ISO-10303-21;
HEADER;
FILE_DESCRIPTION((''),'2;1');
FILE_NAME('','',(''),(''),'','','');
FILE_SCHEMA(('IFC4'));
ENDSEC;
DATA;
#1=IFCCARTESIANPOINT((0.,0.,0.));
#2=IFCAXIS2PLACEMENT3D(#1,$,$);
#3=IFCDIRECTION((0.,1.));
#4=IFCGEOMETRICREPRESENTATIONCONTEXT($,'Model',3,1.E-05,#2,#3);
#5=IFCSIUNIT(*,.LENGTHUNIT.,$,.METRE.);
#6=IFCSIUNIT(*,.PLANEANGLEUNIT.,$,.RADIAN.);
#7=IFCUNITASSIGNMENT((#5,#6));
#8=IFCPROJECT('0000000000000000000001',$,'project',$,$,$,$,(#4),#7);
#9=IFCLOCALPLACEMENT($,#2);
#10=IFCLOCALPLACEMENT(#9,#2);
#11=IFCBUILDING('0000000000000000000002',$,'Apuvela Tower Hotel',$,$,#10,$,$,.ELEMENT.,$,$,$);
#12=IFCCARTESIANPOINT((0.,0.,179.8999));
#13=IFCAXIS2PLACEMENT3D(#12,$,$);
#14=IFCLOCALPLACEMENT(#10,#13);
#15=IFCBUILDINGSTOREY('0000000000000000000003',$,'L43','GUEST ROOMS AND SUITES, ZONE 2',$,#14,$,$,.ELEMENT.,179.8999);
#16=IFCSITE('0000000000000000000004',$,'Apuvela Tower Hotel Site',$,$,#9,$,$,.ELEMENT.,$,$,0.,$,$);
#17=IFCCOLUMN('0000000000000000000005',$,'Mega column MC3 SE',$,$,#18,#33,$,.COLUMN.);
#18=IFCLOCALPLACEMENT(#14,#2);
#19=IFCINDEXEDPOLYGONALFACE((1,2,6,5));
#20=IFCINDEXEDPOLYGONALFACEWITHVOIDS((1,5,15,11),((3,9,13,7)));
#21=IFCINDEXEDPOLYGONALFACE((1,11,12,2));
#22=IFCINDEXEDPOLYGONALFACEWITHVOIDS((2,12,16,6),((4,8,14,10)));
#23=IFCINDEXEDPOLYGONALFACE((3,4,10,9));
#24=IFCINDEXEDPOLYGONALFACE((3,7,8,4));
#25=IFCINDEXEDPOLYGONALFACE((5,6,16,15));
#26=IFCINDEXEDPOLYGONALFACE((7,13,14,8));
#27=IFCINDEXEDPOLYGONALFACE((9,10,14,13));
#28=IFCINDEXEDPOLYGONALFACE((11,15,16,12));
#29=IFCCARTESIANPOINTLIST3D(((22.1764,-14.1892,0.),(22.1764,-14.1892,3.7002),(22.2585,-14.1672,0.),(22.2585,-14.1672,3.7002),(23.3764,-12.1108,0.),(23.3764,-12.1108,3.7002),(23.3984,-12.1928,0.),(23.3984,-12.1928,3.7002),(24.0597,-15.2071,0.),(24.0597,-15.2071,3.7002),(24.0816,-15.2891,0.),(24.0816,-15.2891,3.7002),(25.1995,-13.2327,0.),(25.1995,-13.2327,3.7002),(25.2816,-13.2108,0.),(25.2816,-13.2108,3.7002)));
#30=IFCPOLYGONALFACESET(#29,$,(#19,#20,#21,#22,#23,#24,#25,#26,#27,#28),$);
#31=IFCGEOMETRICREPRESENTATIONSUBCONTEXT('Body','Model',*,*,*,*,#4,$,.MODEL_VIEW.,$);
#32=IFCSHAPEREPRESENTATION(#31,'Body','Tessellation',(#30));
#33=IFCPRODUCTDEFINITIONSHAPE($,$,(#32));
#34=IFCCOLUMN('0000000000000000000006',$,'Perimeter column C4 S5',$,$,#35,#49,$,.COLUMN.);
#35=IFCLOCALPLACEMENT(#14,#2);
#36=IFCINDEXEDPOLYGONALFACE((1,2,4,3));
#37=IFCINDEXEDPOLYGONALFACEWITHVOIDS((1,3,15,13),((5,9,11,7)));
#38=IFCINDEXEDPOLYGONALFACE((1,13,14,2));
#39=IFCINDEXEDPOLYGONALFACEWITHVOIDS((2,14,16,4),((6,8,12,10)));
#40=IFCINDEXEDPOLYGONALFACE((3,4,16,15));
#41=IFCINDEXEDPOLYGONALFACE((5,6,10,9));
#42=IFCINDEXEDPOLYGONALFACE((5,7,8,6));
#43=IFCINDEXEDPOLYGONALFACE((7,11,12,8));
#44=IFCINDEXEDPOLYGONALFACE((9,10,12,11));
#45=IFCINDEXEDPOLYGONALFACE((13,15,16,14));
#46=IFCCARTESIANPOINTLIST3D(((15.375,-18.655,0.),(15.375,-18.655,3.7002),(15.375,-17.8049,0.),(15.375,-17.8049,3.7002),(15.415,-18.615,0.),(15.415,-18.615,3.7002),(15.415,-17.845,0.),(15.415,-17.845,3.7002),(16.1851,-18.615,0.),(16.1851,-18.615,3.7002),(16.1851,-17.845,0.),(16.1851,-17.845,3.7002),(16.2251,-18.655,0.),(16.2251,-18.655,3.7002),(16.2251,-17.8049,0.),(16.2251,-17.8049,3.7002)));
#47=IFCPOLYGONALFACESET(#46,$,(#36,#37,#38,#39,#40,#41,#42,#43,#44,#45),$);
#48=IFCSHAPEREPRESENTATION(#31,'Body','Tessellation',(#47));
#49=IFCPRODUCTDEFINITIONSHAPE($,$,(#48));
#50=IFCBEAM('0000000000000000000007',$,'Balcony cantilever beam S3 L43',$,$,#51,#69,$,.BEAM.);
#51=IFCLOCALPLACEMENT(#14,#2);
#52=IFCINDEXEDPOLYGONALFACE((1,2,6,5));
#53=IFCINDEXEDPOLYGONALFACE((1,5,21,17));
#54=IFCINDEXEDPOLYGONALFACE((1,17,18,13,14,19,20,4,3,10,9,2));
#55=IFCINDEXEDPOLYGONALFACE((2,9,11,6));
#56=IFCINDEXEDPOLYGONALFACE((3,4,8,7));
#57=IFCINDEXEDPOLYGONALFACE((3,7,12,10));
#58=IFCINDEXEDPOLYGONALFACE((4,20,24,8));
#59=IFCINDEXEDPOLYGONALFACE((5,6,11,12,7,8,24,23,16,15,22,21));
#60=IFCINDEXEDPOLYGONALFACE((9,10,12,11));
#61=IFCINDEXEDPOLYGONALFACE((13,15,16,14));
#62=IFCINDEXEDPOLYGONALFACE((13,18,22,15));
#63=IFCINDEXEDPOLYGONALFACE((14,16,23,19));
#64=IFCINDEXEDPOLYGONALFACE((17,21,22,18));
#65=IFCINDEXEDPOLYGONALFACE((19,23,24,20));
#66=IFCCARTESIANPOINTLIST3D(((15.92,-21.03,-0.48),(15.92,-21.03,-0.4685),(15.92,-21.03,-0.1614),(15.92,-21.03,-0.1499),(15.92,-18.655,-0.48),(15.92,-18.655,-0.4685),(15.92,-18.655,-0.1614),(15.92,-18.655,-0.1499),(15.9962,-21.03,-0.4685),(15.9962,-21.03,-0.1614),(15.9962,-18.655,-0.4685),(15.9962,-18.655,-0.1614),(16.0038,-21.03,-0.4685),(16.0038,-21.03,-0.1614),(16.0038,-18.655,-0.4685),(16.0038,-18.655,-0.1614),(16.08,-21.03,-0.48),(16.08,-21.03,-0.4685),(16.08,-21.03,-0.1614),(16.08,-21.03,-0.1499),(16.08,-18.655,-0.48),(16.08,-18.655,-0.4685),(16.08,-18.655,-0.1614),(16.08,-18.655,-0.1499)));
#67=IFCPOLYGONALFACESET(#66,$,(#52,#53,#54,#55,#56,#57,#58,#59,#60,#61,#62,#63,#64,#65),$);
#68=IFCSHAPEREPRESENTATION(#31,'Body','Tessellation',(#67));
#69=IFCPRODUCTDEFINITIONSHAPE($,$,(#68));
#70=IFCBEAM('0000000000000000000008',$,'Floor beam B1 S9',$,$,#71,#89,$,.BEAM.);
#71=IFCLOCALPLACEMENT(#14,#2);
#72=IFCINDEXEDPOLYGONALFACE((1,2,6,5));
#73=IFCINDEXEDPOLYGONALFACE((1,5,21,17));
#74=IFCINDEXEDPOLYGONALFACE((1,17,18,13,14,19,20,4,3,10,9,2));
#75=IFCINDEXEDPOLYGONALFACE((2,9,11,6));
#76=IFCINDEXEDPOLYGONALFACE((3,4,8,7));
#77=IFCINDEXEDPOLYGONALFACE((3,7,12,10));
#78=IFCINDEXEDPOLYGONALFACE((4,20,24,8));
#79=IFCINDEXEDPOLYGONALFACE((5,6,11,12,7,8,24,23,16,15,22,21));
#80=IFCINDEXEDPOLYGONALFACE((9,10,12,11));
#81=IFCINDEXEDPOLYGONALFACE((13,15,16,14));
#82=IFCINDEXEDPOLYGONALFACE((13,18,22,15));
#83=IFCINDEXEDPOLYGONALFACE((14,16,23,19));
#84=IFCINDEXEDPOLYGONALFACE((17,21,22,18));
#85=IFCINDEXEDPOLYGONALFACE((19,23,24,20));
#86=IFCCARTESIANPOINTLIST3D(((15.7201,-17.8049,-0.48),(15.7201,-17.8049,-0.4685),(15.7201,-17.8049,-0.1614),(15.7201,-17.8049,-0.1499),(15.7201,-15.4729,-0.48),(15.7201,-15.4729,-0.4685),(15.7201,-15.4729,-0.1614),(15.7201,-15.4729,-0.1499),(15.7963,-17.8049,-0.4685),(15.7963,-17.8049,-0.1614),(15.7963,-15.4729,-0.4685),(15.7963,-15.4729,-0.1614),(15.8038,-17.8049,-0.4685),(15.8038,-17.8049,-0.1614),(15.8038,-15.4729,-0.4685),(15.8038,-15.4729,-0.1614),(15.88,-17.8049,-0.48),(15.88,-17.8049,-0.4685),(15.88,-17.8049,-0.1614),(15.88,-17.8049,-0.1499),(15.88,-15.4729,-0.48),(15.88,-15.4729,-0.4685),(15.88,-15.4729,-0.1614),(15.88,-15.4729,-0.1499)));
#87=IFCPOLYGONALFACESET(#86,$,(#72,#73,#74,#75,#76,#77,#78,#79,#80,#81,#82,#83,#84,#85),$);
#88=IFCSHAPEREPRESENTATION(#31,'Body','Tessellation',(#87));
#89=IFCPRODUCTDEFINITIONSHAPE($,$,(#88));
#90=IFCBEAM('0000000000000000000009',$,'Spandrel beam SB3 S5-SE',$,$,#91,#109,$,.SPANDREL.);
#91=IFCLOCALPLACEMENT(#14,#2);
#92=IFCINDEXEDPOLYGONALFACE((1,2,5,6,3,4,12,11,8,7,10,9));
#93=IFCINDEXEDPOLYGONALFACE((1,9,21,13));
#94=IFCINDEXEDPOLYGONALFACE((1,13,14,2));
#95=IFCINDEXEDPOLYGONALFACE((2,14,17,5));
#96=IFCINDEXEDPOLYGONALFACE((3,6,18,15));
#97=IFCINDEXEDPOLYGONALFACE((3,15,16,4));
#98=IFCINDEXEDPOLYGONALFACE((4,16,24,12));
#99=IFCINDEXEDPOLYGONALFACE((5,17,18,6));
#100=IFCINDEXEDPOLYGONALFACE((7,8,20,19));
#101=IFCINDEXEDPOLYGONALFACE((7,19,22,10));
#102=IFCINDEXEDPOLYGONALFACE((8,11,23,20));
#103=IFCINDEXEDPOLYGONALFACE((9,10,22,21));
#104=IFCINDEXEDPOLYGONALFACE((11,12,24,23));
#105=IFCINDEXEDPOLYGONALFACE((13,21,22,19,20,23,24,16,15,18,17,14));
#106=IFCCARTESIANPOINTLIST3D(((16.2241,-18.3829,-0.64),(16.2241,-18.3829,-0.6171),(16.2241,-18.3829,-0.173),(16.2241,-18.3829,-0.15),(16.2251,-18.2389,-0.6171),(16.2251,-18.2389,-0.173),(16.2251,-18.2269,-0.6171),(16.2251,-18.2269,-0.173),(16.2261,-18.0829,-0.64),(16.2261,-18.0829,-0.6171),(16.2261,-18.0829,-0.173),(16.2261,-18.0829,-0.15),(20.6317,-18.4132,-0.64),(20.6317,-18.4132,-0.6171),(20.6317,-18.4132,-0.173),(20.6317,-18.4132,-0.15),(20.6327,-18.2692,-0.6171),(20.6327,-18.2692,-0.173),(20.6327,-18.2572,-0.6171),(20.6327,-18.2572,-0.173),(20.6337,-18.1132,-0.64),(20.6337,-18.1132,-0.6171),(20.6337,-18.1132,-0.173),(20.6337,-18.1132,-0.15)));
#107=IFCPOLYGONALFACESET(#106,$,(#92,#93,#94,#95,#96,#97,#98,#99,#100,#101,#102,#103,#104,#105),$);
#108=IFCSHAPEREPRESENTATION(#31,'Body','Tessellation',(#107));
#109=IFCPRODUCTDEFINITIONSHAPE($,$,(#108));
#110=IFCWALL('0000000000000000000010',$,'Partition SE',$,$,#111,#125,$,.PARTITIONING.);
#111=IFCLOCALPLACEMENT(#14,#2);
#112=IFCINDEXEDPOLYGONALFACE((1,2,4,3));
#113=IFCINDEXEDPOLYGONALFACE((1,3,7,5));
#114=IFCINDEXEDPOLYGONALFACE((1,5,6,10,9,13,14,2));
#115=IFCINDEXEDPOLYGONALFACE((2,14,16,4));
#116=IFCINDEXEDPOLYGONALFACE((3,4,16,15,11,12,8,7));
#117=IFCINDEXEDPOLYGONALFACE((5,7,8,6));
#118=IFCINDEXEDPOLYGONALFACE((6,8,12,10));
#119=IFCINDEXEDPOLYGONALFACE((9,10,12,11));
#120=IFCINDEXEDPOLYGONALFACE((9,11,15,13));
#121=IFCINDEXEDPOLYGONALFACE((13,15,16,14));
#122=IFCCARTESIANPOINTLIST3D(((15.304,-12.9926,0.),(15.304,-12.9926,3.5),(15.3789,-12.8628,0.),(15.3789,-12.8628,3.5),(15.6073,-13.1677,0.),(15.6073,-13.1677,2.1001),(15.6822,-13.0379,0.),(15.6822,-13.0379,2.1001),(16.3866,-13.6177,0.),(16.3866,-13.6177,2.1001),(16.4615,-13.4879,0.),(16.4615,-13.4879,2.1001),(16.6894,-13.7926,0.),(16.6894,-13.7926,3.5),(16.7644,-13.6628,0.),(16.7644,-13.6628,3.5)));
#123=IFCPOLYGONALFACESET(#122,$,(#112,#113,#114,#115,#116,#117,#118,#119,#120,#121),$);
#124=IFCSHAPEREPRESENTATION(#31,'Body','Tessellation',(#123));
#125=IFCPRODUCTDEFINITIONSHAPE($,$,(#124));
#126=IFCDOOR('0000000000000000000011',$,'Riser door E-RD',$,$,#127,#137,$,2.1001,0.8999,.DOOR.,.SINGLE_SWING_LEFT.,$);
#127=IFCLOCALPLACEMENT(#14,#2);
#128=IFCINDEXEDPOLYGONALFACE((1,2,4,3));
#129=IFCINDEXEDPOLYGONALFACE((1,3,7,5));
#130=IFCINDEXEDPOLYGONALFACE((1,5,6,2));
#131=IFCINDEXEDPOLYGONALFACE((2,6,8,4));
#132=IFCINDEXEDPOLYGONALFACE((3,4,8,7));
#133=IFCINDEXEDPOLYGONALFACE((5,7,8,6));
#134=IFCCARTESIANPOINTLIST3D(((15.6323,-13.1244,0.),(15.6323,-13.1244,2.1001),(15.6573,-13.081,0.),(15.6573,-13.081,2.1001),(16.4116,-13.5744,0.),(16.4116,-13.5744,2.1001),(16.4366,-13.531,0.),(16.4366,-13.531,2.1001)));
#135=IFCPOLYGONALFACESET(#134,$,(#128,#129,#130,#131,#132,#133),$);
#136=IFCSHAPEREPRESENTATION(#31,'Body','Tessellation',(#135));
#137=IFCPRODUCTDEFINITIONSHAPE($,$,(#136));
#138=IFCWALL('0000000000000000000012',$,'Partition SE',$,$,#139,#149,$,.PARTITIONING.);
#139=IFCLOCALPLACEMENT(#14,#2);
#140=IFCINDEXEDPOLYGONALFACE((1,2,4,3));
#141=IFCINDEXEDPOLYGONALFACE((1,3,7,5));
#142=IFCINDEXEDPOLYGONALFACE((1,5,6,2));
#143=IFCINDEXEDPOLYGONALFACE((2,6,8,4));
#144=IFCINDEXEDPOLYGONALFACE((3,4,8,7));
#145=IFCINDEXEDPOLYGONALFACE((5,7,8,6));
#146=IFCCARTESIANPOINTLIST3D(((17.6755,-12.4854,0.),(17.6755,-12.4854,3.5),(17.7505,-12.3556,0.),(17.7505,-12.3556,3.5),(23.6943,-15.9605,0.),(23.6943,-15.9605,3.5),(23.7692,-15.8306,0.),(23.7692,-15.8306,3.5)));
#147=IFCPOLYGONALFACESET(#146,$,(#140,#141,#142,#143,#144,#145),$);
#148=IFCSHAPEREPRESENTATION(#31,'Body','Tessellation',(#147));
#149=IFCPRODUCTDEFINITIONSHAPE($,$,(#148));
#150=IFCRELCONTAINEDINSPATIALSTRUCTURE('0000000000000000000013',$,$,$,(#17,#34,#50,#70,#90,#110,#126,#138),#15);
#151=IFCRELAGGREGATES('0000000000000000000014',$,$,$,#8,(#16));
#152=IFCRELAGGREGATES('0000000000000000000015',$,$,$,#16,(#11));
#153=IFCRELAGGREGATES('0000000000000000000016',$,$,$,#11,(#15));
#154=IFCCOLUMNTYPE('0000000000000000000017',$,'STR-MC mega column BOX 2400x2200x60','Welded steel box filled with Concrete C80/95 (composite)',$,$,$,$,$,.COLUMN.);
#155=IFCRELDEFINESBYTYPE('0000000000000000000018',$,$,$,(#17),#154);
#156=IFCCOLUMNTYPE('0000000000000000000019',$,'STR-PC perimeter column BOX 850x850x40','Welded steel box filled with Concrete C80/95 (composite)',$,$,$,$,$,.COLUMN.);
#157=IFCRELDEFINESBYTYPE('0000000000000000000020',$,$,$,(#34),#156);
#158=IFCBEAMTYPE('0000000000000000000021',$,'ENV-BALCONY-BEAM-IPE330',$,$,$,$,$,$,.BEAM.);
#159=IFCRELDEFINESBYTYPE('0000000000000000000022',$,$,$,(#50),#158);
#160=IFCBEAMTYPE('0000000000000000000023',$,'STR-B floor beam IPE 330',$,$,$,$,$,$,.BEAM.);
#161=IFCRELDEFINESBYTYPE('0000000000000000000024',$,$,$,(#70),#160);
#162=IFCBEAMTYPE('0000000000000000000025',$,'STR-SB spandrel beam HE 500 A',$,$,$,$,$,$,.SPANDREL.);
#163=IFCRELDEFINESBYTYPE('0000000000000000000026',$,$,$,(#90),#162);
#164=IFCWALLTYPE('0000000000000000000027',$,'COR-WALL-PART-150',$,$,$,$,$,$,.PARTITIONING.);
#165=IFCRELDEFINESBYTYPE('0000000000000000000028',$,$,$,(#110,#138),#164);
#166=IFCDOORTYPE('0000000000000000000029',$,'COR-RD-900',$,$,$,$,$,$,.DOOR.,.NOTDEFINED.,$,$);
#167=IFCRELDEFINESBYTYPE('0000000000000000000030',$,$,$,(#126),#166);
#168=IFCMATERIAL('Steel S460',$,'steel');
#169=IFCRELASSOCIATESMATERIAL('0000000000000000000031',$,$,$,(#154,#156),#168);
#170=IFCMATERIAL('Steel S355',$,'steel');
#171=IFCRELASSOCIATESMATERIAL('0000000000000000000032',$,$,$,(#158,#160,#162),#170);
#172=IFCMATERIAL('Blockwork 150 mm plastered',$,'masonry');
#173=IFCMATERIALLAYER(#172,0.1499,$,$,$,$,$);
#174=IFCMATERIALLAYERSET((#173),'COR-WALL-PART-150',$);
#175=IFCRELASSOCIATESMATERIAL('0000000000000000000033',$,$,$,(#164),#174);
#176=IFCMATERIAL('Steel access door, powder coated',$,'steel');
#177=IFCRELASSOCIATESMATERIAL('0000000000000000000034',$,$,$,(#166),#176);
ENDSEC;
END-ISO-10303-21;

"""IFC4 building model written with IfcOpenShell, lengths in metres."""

from ifc_helpers import new_model, si_unit, direction, frame, frame_2d, origin, origin_2d, place, context, subcontext, project, spatial, rectangle, hollow_rectangle, i_section, extrude, material, layer, layer_set, material_profile, profile_set, type_object, element, fill, save


model = new_model("IFC4")

# Units and contexts
model_context = context("Model", 3, precision=1e-05, world=origin(), true_north=direction((0.0, 1.0)))
body_context = subcontext(model_context, "Body", "Model", "MODEL_VIEW")
ifc_project = project(units=[si_unit("LENGTHUNIT", "METRE"), si_unit("PLANEANGLEUNIT", "RADIAN")], contexts=[model_context])

# Site, building, storey
site_placement = place(None, origin())
site = spatial("IfcSite", under=ifc_project, at=site_placement, Name="Apuvela Tower Hotel Site", CompositionType="ELEMENT", RefElevation=0.0)
building_placement = place(site_placement, origin())
building = spatial("IfcBuilding", under=site, at=building_placement, Name="Apuvela Tower Hotel", CompositionType="ELEMENT")
storey_placement = place(building_placement, frame((0.0, 0.0, 179.8999)))
storey = spatial("IfcBuildingStorey", under=building, at=storey_placement, Name="L43", Description="GUEST ROOMS AND SUITES, ZONE 2", CompositionType="ELEMENT", Elevation=179.8999)

# Columns
ifc_material_1 = material(Name="Steel S460", Category="steel")
ifc_material_profile_1 = material_profile(ifc_material_1, hollow_rectangle(XDim=2.3999, YDim=2.2, WallThickness=0.0601, at=origin_2d()), Name="BOX 2400x2200x60")
ifc_material_2 = material(Name="Concrete C80/95", Category="concrete")
ifc_material_profile_2 = material_profile(ifc_material_2, rectangle(XDim=2.28, YDim=2.0801, at=origin_2d()), Name="Concrete C80/95 infill")
ifc_profile_set_1 = profile_set([ifc_material_profile_1, ifc_material_profile_2], Name="Steel S460")
column_type_1 = type_object("IfcColumnType", Name="STR-MC mega column BOX 2400x2200x60", Description="Welded steel box filled with Concrete C80/95 (composite)", PredefinedType="COLUMN", material=ifc_profile_set_1)
column_1_placement = place(storey_placement, frame((23.729, -13.7, 0.0), z_axis=(0.0, 0.0, 1.0), x_axis=(0.5, 0.866025, 0.0)))
element("IfcColumn", 1, at=column_1_placement, inside=storey, type_object=column_type_1, Name="Mega column MC3 SE", PredefinedType="COLUMN", context=body_context, shape_type="SweptSolid", body=[
    extrude(hollow_rectangle(XDim=2.3999, YDim=2.2, WallThickness=0.0601, at=origin_2d()), origin(), (0.0, 0.0, 1.0), 3.7002),
])
ifc_material_profile_3 = material_profile(ifc_material_1, hollow_rectangle(XDim=0.8501, YDim=0.8501, WallThickness=0.04, at=origin_2d()), Name="BOX 850x850x40")
ifc_material_profile_4 = material_profile(ifc_material_2, rectangle(XDim=0.77, YDim=0.77, at=origin_2d()), Name="Concrete C80/95 infill")
ifc_profile_set_2 = profile_set([ifc_material_profile_3, ifc_material_profile_4], Name="Steel S460")
column_type_2 = type_object("IfcColumnType", Name="STR-PC perimeter column BOX 850x850x40", Description="Welded steel box filled with Concrete C80/95 (composite)", PredefinedType="COLUMN", material=ifc_profile_set_2)
column_2_placement = place(storey_placement, frame((15.8, -18.23, 0.0), z_axis=(0.0, 0.0, 1.0), x_axis=(-1.0, 0.0, 0.0)))
element("IfcColumn", 2, at=column_2_placement, inside=storey, type_object=column_type_2, Name="Perimeter column C4 S5", PredefinedType="COLUMN", context=body_context, shape_type="SweptSolid", body=[
    extrude(hollow_rectangle(XDim=0.8501, YDim=0.8501, WallThickness=0.04, at=origin_2d()), origin(), (0.0, 0.0, 1.0), 3.7002),
])

# Beams
ifc_material_3 = material(Name="Steel S355", Category="steel")
ifc_material_profile_5 = material_profile(ifc_material_3, i_section(OverallWidth=0.1599, OverallDepth=0.3301, WebThickness=0.0076, FlangeThickness=0.0115, at=origin_2d()), Name="IPE 330")
ifc_profile_set_3 = profile_set([ifc_material_profile_5], Name="Steel S355")
beam_type_1 = type_object("IfcBeamType", Name="ENV-BALCONY-BEAM-IPE330", PredefinedType="BEAM", material=ifc_profile_set_3)
beam_1_placement = place(storey_placement, frame((16.0, -18.655, -0.3149), z_axis=(0.0, -1.0, 0.0), x_axis=(1.0, 0.0, 0.0)))
element("IfcBeam", 3, at=beam_1_placement, inside=storey, type_object=beam_type_1, Name="Balcony cantilever beam S3 L43", PredefinedType="BEAM", context=body_context, shape_type="SweptSolid", body=[
    extrude(i_section(OverallWidth=0.1599, OverallDepth=0.3301, WebThickness=0.0076, FlangeThickness=0.0115, at=origin_2d()), origin(), (0.0, 0.0, 1.0), 2.375),
])
ifc_material_profile_6 = material_profile(ifc_material_3, i_section(OverallWidth=0.1599, OverallDepth=0.3301, WebThickness=0.0076, FlangeThickness=0.0115, at=origin_2d()), Name="IPE 330")
ifc_profile_set_4 = profile_set([ifc_material_profile_6], Name="Steel S355")
beam_type_2 = type_object("IfcBeamType", Name="STR-B floor beam IPE 330", PredefinedType="BEAM", material=ifc_profile_set_4)
beam_2_placement = place(storey_placement, frame((15.8, -17.8049, -0.3149), z_axis=(0.0, 1.0, 0.0), x_axis=(-1.0, 0.0, 0.0)))
element("IfcBeam", 4, at=beam_2_placement, inside=storey, type_object=beam_type_2, Name="Floor beam B1 S9", PredefinedType="BEAM", context=body_context, shape_type="SweptSolid", body=[
    extrude(i_section(OverallWidth=0.1599, OverallDepth=0.3301, WebThickness=0.0076, FlangeThickness=0.0115, at=origin_2d()), origin(), (0.0, 0.0, 1.0), 2.332),
])
ifc_material_profile_7 = material_profile(ifc_material_3, i_section(OverallWidth=0.3, OverallDepth=0.49, WebThickness=0.012, FlangeThickness=0.0229, at=origin_2d()), Name="HE 500 A")
ifc_profile_set_5 = profile_set([ifc_material_profile_7], Name="Steel S355")
beam_type_3 = type_object("IfcBeamType", Name="STR-SB spandrel beam HE 500 A", PredefinedType="SPANDREL", material=ifc_profile_set_5)
beam_3_placement = place(storey_placement, frame((16.2251, -18.2329, -0.395), z_axis=(0.999976, -0.006868, 0.0), x_axis=(0.006868, 0.999976, 0.0)))
element("IfcBeam", 5, at=beam_3_placement, inside=storey, type_object=beam_type_3, Name="Spandrel beam SB3 S5-SE", PredefinedType="SPANDREL", context=body_context, shape_type="SweptSolid", body=[
    extrude(i_section(OverallWidth=0.3, OverallDepth=0.49, WebThickness=0.012, FlangeThickness=0.0229, at=origin_2d()), origin(), (0.0, 0.0, 1.0), 4.4077),
])

# Wall, opening, door
ifc_material_4 = material(Name="Blockwork 150 mm plastered", Category="masonry")
ifc_layer_1 = layer(ifc_material_4, 0.1499)
ifc_layer_set_1 = layer_set([ifc_layer_1], Name="COR-WALL-PART-150")
wall_type_1 = type_object("IfcWallType", Name="COR-WALL-PART-150", PredefinedType="PARTITIONING", material=ifc_layer_set_1)
wall_1_placement = place(storey_placement, frame((15.3416, -12.9277, 0.0), z_axis=(0.0, 0.0, 1.0), x_axis=(0.86599, -0.500061, 0.0)))
wall_1 = element("IfcWall", 6, at=wall_1_placement, inside=storey, type_object=wall_type_1, Name="Partition SE", PredefinedType="PARTITIONING", context=body_context, shape_type="SweptSolid", body=[
    extrude(rectangle(XDim=1.5999, YDim=0.1499, at=frame_2d((0.7998, 0.0))), origin(), (0.0, 0.0, 1.0), 3.5),
])
opening_1_placement = place(wall_1_placement, frame((0.3501, 0.0, 0.0)))
opening_1 = element("IfcOpeningElement", 7, at=opening_1_placement, cuts=wall_1, PredefinedType="OPENING", context=body_context, shape_type="SweptSolid", body=[
    extrude(rectangle(XDim=0.8999, YDim=2.1001, at=frame_2d((0.45, 1.05))), frame((0.0, 0.085, 0.0), z_axis=(0.0, -1.0, 0.0), x_axis=(1.0, 0.0, 0.0)), (0.0, 0.0, 1.0), 0.1699),
])
ifc_material_5 = material(Name="Steel access door, powder coated", Category="steel")
door_type_1 = type_object("IfcDoorType", Name="COR-RD-900", OperationType="NOTDEFINED", PredefinedType="DOOR", material=ifc_material_5)
door_1_placement = place(opening_1_placement, frame((0.8999, 0.0, 0.0), z_axis=(0.0, 0.0, 1.0), x_axis=(-1.0, 0.0, 0.0)))
door_1 = element("IfcDoor", 8, at=door_1_placement, inside=storey, type_object=door_type_1, Name="Riser door E-RD", OperationType="SINGLE_SWING_LEFT", OverallHeight=2.1001, OverallWidth=0.8999, PredefinedType="DOOR", context=body_context, shape_type="SweptSolid", body=[
    extrude(rectangle(XDim=0.8999, YDim=2.1001, at=frame_2d((0.45, 1.05))), frame((0.0, 0.0249, 0.0), z_axis=(0.0, -1.0, 0.0), x_axis=(1.0, 0.0, 0.0)), (0.0, 0.0, 1.0), 0.05),
])
fill(opening_1, door_1)

# Wall
wall_2_placement = place(storey_placement, frame((17.7129, -12.4204, 0.0), z_axis=(0.0, 0.0, 1.0), x_axis=(0.866017, -0.500015, 0.0)))
element("IfcWall", 9, at=wall_2_placement, inside=storey, type_object=wall_type_1, Name="Partition SE", PredefinedType="PARTITIONING", context=body_context, shape_type="SweptSolid", body=[
    extrude(rectangle(XDim=6.95, YDim=0.1499, at=frame_2d((3.4751, 0.0))), origin(), (0.0, 0.0, 1.0), 3.5),
])

save(model, "model.ifc")
